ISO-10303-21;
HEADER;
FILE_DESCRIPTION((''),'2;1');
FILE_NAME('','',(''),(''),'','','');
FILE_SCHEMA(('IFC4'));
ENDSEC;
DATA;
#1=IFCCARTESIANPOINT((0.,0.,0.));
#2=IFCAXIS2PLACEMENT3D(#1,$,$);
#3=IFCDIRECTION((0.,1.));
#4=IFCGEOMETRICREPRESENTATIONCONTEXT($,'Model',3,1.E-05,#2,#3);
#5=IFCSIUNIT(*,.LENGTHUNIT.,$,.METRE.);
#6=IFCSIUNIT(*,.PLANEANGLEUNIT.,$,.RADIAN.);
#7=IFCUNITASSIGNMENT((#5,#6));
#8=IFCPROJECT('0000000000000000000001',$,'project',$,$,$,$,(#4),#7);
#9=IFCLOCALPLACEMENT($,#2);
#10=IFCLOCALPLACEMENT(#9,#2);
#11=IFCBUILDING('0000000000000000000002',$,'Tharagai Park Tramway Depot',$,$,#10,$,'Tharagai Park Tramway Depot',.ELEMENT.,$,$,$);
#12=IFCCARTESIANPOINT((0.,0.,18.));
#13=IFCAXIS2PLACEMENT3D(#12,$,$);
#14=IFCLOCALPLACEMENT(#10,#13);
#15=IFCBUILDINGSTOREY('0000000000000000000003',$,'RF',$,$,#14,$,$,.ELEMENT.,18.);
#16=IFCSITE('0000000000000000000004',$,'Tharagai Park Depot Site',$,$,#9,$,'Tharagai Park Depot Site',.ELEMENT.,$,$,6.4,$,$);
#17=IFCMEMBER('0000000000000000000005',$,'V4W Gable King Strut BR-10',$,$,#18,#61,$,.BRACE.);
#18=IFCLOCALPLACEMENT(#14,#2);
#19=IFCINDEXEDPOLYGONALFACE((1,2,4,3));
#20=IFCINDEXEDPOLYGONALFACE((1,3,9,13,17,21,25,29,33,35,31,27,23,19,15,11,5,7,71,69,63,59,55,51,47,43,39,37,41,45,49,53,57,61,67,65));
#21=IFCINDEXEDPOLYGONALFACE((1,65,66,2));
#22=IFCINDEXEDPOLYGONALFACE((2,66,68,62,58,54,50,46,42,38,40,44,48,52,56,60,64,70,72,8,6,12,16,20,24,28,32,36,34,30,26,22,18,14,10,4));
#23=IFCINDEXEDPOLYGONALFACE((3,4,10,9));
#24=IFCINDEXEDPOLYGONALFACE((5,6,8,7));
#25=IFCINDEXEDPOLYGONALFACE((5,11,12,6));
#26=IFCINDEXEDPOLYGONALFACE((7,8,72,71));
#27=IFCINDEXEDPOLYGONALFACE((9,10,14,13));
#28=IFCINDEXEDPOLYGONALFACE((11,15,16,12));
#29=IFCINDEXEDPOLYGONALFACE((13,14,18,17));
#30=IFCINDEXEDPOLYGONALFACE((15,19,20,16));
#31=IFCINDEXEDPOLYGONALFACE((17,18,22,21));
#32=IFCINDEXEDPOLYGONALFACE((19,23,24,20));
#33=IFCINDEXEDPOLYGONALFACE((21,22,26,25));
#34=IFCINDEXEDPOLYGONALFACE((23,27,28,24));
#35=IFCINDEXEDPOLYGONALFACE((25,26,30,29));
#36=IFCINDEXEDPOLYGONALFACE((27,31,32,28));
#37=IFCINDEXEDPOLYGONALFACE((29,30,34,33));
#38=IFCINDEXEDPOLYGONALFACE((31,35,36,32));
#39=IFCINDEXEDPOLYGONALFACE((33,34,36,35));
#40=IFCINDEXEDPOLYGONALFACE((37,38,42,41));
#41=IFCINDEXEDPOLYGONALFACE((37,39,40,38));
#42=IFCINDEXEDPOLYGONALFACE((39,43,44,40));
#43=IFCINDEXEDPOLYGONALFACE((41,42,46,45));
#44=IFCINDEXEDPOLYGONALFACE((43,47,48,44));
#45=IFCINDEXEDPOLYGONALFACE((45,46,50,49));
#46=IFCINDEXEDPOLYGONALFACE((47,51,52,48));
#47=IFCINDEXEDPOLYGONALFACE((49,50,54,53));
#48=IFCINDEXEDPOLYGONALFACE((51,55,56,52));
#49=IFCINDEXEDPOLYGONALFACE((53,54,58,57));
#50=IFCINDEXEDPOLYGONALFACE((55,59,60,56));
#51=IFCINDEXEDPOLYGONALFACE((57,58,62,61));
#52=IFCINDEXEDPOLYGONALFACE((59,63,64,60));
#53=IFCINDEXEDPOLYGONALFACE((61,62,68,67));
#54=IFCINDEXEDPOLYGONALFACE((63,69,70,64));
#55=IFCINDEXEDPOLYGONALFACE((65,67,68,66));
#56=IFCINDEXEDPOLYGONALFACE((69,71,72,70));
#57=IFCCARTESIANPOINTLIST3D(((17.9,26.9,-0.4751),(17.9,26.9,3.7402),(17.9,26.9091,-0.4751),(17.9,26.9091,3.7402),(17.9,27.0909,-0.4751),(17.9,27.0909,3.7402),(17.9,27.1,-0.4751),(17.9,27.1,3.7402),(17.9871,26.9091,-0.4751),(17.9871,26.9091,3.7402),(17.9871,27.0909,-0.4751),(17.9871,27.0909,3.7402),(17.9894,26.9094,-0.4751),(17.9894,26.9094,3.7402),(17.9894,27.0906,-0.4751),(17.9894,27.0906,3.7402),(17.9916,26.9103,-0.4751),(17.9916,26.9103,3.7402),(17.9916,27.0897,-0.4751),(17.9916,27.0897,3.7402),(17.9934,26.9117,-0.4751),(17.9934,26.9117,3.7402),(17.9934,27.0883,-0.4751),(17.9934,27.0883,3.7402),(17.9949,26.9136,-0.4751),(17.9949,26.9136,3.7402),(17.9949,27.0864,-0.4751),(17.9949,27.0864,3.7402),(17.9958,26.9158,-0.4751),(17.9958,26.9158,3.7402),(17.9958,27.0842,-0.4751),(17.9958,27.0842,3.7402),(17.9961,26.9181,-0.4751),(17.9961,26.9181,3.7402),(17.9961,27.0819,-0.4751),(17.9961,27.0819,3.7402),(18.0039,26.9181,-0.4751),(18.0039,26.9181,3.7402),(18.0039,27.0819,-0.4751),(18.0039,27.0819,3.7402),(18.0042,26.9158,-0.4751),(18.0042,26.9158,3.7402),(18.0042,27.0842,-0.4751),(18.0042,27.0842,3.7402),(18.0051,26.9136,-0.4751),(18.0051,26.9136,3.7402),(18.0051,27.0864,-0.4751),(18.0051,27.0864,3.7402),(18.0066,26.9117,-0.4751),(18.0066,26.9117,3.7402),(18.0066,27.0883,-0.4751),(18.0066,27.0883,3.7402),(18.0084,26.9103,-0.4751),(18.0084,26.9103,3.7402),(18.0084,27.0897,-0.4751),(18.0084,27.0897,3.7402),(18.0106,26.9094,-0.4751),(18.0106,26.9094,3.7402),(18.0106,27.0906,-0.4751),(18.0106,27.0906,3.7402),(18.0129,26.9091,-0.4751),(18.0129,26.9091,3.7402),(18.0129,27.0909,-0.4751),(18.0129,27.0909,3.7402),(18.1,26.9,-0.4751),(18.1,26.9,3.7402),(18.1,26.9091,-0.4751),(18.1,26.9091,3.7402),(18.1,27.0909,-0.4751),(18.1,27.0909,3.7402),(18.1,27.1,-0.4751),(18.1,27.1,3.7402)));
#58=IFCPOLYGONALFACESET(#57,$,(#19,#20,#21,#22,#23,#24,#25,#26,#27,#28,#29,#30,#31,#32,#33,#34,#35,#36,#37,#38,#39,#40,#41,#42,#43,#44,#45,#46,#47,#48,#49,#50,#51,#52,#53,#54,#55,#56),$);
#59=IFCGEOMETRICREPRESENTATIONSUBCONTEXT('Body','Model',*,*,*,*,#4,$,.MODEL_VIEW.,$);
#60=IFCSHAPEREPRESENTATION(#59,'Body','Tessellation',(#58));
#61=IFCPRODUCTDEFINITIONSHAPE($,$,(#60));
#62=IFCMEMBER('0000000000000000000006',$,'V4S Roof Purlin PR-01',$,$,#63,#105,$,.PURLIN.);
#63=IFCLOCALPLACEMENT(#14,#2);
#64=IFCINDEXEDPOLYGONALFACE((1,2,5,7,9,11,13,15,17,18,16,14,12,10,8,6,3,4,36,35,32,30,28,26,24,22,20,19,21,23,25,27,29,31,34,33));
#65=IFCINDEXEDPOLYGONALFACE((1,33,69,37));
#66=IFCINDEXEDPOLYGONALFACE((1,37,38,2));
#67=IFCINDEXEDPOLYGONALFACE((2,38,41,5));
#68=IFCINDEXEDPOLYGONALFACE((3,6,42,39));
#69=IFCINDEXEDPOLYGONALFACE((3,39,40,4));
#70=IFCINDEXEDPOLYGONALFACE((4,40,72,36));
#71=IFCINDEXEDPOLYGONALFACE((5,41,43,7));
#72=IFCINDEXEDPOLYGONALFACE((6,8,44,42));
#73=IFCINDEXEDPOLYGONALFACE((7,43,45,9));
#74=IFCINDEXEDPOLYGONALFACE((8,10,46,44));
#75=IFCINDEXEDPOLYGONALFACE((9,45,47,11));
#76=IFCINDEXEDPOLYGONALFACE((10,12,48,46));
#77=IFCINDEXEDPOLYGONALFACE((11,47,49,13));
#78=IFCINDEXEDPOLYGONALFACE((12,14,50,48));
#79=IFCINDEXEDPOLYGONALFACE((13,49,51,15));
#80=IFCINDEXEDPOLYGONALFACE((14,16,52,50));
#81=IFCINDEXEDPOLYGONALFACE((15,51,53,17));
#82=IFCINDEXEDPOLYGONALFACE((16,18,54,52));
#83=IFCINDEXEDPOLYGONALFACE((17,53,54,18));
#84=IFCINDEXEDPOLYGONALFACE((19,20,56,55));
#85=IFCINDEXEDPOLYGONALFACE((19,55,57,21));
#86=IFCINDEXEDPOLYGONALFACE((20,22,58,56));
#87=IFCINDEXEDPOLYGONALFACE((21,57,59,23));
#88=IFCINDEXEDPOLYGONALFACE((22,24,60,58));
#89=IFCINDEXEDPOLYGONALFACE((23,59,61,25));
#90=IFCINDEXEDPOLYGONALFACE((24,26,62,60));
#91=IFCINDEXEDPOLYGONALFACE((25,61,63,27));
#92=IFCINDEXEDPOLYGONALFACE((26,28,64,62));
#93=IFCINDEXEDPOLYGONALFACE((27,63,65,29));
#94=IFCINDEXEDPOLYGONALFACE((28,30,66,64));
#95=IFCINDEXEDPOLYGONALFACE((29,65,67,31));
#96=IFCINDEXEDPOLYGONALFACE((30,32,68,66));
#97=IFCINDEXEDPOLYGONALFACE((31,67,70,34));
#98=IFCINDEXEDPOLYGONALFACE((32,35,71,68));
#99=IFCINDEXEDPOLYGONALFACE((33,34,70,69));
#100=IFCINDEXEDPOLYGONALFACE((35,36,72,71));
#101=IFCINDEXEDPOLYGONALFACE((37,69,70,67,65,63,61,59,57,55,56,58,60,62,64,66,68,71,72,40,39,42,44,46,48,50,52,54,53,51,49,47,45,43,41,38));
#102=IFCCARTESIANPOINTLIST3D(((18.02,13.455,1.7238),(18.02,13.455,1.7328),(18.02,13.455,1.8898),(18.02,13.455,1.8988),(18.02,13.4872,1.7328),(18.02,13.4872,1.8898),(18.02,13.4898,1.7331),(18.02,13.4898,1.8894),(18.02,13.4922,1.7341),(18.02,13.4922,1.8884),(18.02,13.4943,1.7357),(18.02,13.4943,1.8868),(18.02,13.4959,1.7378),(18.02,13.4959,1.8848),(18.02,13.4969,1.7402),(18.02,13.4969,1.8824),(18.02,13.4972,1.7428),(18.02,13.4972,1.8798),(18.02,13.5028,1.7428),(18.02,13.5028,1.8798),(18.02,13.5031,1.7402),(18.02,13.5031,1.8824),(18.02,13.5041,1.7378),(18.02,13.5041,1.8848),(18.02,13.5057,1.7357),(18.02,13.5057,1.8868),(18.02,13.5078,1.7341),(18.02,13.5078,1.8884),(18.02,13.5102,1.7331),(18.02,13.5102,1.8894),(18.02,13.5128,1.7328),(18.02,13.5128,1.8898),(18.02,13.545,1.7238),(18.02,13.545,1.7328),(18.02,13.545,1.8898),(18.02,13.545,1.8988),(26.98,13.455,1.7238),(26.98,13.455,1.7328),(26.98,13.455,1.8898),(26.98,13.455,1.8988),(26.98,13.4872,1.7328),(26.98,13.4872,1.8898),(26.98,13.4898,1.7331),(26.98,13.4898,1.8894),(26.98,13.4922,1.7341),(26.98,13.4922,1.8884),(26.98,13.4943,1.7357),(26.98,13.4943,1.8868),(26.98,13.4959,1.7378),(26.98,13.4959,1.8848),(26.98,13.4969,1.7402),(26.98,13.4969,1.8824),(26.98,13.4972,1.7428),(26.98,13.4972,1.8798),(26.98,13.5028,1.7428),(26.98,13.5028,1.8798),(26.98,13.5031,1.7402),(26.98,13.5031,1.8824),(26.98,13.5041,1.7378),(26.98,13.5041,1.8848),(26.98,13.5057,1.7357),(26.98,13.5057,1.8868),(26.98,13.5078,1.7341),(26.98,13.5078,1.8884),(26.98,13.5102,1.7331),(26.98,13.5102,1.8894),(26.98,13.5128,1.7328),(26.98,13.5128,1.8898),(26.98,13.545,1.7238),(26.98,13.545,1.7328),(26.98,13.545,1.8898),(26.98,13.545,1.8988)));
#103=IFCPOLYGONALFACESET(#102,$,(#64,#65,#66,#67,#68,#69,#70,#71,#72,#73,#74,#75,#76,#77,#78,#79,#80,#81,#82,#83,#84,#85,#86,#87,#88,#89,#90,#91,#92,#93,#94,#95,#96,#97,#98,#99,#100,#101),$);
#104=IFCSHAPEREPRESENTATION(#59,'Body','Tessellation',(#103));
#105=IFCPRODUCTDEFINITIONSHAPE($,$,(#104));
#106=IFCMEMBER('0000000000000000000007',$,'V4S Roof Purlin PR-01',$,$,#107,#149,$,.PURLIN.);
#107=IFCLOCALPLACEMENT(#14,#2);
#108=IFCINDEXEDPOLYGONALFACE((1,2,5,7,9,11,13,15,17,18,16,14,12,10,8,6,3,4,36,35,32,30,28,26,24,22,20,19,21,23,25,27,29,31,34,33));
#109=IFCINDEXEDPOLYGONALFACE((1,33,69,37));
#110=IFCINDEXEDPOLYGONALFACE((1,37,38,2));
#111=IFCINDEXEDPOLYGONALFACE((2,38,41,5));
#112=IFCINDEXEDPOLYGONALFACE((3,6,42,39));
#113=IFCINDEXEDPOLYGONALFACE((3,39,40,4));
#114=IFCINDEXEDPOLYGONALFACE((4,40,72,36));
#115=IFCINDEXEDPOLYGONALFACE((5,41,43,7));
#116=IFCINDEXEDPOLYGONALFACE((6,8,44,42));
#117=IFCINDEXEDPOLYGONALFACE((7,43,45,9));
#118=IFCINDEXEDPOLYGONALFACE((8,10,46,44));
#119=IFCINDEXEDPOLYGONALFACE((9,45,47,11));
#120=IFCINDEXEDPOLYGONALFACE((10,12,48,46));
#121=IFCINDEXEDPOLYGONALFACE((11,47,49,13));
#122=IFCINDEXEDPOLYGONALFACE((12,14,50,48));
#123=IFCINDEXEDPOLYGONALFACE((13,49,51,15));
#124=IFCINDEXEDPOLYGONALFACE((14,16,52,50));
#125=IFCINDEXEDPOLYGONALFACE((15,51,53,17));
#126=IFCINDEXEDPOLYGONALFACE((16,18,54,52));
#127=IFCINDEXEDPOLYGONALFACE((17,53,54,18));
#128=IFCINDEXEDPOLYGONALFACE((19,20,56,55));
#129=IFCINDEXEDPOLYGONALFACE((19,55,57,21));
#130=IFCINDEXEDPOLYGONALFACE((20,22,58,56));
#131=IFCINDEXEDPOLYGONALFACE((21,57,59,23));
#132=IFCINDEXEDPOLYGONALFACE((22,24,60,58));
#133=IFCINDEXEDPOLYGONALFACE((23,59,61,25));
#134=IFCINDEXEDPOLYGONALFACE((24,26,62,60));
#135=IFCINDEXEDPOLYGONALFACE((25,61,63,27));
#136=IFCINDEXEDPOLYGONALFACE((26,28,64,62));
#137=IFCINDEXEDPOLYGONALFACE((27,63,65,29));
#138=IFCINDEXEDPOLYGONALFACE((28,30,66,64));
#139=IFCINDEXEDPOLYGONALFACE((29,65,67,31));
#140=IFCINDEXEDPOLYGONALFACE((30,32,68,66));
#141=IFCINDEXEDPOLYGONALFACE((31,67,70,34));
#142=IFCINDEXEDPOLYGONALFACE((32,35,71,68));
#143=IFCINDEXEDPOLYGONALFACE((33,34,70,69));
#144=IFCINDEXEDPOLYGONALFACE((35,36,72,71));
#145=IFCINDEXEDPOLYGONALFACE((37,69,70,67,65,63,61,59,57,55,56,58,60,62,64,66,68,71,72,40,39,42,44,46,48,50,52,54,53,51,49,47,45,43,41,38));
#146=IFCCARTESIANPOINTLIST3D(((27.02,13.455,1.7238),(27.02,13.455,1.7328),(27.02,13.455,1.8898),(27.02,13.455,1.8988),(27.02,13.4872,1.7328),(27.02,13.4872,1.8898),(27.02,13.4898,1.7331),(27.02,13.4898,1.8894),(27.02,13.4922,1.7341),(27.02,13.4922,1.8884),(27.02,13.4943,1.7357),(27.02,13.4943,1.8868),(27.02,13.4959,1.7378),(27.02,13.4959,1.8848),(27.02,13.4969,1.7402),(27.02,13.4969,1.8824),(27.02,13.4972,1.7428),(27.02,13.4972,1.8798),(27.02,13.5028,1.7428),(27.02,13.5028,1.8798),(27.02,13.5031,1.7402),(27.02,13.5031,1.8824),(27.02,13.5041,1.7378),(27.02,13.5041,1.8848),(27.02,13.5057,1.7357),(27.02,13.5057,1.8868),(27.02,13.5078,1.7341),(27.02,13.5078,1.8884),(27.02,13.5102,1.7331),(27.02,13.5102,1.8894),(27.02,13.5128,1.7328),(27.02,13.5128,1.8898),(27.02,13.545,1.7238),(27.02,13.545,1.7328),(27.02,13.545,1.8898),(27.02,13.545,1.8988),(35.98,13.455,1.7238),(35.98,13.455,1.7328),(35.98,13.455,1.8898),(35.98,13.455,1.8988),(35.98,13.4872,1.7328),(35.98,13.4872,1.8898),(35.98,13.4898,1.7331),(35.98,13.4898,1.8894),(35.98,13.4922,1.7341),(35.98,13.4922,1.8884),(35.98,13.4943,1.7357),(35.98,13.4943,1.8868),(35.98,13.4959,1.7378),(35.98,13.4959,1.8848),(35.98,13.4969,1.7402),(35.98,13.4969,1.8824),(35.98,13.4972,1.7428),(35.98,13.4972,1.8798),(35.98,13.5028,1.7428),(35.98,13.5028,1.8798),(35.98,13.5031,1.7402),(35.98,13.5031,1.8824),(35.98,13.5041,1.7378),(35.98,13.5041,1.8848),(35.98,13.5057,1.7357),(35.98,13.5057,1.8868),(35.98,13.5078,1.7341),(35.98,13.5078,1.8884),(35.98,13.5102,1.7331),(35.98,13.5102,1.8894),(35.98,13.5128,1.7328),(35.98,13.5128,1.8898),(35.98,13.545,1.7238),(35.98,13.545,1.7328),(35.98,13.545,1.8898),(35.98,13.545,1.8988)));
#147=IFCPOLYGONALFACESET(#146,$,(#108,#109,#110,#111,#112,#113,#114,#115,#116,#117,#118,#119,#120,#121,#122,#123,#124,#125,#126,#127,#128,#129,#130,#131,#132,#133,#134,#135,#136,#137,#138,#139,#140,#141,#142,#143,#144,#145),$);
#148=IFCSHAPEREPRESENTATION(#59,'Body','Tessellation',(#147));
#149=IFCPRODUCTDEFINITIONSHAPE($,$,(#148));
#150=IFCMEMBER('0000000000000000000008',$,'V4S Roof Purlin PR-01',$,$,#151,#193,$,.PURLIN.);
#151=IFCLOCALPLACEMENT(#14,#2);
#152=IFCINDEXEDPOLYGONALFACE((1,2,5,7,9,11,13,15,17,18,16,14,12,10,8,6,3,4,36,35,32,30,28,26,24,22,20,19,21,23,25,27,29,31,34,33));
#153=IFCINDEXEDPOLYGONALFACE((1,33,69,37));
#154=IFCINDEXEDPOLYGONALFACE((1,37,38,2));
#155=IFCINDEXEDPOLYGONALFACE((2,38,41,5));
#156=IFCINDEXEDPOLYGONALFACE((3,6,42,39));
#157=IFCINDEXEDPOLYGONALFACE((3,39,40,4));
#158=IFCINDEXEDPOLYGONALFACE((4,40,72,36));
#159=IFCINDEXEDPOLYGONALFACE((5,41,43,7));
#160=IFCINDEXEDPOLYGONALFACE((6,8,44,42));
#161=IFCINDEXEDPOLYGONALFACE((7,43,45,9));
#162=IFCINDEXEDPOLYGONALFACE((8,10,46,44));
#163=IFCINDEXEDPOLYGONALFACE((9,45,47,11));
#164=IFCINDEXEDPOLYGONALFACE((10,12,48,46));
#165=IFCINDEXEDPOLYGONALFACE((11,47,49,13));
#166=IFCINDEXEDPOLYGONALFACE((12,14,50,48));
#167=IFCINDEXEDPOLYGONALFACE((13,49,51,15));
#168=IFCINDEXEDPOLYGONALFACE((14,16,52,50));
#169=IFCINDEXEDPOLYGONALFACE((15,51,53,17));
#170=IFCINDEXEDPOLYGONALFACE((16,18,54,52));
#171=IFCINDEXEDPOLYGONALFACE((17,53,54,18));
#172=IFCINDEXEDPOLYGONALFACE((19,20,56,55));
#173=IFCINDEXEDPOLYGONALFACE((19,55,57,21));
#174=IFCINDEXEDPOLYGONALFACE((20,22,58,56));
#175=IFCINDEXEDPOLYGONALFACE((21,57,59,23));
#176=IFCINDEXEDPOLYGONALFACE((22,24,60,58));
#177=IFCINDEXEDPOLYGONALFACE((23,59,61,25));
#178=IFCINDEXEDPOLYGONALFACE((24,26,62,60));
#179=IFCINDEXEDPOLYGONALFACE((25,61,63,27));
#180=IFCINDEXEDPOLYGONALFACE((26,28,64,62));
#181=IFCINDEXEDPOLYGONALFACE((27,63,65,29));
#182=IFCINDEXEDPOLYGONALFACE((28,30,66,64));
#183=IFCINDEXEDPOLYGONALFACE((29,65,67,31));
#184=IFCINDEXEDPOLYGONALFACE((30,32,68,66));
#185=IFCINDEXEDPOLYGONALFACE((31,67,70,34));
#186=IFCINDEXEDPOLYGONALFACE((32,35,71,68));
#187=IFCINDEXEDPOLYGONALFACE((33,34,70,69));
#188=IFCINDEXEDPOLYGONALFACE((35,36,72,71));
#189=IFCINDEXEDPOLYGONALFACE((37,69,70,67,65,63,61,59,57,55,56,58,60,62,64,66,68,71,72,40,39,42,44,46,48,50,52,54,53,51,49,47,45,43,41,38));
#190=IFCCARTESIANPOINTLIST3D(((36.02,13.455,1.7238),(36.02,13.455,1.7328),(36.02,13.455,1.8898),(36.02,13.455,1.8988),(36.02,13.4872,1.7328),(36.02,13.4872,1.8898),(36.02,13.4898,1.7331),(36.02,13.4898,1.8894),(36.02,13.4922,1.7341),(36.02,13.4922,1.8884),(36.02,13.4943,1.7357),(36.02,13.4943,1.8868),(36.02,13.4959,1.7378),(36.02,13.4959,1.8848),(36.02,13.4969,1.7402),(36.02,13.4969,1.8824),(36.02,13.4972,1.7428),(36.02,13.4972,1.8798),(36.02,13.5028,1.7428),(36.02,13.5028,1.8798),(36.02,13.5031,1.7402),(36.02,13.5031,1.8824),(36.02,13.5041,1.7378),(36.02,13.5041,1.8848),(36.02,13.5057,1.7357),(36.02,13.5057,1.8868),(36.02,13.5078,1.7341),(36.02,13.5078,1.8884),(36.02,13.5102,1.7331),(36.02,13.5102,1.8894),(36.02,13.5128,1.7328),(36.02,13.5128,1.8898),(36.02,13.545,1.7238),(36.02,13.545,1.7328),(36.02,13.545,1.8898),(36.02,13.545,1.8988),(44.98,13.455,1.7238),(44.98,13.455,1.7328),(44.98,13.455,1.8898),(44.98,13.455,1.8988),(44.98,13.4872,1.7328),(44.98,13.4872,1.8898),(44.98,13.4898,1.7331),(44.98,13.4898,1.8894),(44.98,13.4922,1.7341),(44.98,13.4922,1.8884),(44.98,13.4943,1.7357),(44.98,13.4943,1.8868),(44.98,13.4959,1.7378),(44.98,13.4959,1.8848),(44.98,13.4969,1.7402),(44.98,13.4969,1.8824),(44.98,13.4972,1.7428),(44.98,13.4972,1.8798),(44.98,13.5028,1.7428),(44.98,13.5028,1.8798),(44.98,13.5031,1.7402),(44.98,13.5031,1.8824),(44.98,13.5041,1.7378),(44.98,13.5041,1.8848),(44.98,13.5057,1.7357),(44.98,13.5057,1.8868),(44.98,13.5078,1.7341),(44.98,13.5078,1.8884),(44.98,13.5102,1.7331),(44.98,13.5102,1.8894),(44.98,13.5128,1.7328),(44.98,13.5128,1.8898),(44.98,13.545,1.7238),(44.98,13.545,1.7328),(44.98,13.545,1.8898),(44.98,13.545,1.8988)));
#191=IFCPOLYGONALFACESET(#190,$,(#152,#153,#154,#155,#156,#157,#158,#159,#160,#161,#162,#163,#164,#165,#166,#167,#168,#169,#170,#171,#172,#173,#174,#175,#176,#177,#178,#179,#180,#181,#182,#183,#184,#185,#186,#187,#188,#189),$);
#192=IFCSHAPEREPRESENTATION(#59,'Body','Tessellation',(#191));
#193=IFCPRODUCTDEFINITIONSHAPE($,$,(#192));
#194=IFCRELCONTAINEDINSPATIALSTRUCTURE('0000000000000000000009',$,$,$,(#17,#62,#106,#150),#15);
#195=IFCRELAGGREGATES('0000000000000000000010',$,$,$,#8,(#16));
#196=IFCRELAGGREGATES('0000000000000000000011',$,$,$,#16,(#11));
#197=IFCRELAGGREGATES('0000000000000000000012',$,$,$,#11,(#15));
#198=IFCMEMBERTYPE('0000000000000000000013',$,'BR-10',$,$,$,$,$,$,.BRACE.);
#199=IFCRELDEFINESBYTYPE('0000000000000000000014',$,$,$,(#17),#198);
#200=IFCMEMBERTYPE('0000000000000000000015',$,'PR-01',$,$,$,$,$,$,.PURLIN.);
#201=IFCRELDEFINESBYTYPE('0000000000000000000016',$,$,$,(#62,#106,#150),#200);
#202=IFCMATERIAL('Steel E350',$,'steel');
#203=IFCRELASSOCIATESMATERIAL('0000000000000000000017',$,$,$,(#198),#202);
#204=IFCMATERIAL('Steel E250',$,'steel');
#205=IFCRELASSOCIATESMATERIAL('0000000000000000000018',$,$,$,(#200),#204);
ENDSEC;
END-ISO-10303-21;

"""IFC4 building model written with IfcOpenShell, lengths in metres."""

from ifc_helpers import new_model, si_unit, direction, frame, origin, origin_2d, place, context, subcontext, project, spatial, i_section, extrude, material, material_profile, profile_set, type_object, element, save


model = new_model("IFC4")

# Units and contexts
model_context = context("Model", 3, precision=1e-05, world=origin(), true_north=direction((0.0, 1.0)))
body_context = subcontext(model_context, "Body", "Model", "MODEL_VIEW")
ifc_project = project(units=[si_unit("LENGTHUNIT", "METRE"), si_unit("PLANEANGLEUNIT", "RADIAN")], contexts=[model_context])

# Site, building, storey
site_placement = place(None, origin())
site = spatial("IfcSite", under=ifc_project, at=site_placement, Name="Tharagai Park Depot Site", LongName="Tharagai Park Depot Site", CompositionType="ELEMENT", RefElevation=6.4)
building_placement = place(site_placement, origin())
building = spatial("IfcBuilding", under=site, at=building_placement, Name="Tharagai Park Tramway Depot", LongName="Tharagai Park Tramway Depot", CompositionType="ELEMENT")
storey_placement = place(building_placement, frame((0.0, 0.0, 18.0)))
storey = spatial("IfcBuildingStorey", under=building, at=storey_placement, Name="RF", CompositionType="ELEMENT", Elevation=18.0)

# Shared definitions
ifc_material_1 = material(Name="Steel E350", Category="steel")

# Members
ifc_material_profile_1 = material_profile(ifc_material_1, i_section(OverallWidth=0.2, OverallDepth=0.2, WebThickness=0.0078, FlangeThickness=0.009, FilletRadius=0.009, at=origin_2d()), Name="ISHB 200")
ifc_profile_set_1 = profile_set([ifc_material_profile_1], Name="Steel E350")
member_type_1 = type_object("IfcMemberType", Name="BR-10", PredefinedType="BRACE", material=ifc_profile_set_1)
member_1_placement = place(storey_placement, frame((18.0, 27.0, -0.4751), z_axis=(0.0, 0.0, 1.0), x_axis=(1.0, 0.0, 0.0)))
element("IfcMember", 1, at=member_1_placement, inside=storey, type_object=member_type_1, Name="V4W Gable King Strut BR-10", PredefinedType="BRACE", context=body_context, shape_type="SweptSolid", body=[
    extrude(i_section(OverallWidth=0.2, OverallDepth=0.2, WebThickness=0.0078, FlangeThickness=0.009, FilletRadius=0.009, at=origin_2d()), origin(), (0.0, 0.0, 1.0), 4.2153),
])
ifc_material_2 = material(Name="Steel E250", Category="steel")
ifc_material_profile_2 = material_profile(ifc_material_2, i_section(OverallWidth=0.0901, OverallDepth=0.175, WebThickness=0.0056, FlangeThickness=0.009, FilletRadius=0.01, at=origin_2d()), Name="ISMB 175")
ifc_profile_set_2 = profile_set([ifc_material_profile_2], Name="Steel E250")
member_type_2 = type_object("IfcMemberType", Name="PR-01", PredefinedType="PURLIN", material=ifc_profile_set_2)
for number, where, z_axis, x_axis, name in (
    (2, (18.02, 13.5, 1.8113), (1.0, 0.0, 0.0), (0.0, 1.0, 0.0), "V4S Roof Purlin PR-01"),
    (3, (27.02, 13.5, 1.8113), (1.0, 0.0, 0.0), (0.0, 1.0, 0.0), "V4S Roof Purlin PR-01"),
    (4, (36.02, 13.5, 1.8113), (1.0, 0.0, 0.0), (0.0, 1.0, 0.0), "V4S Roof Purlin PR-01"),
):
    element("IfcMember", number, at=place(storey_placement, frame(where, z_axis=z_axis, x_axis=x_axis)), inside=storey, type_object=member_type_2, Name=name, PredefinedType="PURLIN", context=body_context, shape_type="SweptSolid", body=[
        extrude(i_section(OverallWidth=0.0901, OverallDepth=0.175, WebThickness=0.0056, FlangeThickness=0.009, FilletRadius=0.01, at=origin_2d()), origin(), (0.0, 0.0, 1.0), 8.96),
    ])

save(model, "model.ifc")
